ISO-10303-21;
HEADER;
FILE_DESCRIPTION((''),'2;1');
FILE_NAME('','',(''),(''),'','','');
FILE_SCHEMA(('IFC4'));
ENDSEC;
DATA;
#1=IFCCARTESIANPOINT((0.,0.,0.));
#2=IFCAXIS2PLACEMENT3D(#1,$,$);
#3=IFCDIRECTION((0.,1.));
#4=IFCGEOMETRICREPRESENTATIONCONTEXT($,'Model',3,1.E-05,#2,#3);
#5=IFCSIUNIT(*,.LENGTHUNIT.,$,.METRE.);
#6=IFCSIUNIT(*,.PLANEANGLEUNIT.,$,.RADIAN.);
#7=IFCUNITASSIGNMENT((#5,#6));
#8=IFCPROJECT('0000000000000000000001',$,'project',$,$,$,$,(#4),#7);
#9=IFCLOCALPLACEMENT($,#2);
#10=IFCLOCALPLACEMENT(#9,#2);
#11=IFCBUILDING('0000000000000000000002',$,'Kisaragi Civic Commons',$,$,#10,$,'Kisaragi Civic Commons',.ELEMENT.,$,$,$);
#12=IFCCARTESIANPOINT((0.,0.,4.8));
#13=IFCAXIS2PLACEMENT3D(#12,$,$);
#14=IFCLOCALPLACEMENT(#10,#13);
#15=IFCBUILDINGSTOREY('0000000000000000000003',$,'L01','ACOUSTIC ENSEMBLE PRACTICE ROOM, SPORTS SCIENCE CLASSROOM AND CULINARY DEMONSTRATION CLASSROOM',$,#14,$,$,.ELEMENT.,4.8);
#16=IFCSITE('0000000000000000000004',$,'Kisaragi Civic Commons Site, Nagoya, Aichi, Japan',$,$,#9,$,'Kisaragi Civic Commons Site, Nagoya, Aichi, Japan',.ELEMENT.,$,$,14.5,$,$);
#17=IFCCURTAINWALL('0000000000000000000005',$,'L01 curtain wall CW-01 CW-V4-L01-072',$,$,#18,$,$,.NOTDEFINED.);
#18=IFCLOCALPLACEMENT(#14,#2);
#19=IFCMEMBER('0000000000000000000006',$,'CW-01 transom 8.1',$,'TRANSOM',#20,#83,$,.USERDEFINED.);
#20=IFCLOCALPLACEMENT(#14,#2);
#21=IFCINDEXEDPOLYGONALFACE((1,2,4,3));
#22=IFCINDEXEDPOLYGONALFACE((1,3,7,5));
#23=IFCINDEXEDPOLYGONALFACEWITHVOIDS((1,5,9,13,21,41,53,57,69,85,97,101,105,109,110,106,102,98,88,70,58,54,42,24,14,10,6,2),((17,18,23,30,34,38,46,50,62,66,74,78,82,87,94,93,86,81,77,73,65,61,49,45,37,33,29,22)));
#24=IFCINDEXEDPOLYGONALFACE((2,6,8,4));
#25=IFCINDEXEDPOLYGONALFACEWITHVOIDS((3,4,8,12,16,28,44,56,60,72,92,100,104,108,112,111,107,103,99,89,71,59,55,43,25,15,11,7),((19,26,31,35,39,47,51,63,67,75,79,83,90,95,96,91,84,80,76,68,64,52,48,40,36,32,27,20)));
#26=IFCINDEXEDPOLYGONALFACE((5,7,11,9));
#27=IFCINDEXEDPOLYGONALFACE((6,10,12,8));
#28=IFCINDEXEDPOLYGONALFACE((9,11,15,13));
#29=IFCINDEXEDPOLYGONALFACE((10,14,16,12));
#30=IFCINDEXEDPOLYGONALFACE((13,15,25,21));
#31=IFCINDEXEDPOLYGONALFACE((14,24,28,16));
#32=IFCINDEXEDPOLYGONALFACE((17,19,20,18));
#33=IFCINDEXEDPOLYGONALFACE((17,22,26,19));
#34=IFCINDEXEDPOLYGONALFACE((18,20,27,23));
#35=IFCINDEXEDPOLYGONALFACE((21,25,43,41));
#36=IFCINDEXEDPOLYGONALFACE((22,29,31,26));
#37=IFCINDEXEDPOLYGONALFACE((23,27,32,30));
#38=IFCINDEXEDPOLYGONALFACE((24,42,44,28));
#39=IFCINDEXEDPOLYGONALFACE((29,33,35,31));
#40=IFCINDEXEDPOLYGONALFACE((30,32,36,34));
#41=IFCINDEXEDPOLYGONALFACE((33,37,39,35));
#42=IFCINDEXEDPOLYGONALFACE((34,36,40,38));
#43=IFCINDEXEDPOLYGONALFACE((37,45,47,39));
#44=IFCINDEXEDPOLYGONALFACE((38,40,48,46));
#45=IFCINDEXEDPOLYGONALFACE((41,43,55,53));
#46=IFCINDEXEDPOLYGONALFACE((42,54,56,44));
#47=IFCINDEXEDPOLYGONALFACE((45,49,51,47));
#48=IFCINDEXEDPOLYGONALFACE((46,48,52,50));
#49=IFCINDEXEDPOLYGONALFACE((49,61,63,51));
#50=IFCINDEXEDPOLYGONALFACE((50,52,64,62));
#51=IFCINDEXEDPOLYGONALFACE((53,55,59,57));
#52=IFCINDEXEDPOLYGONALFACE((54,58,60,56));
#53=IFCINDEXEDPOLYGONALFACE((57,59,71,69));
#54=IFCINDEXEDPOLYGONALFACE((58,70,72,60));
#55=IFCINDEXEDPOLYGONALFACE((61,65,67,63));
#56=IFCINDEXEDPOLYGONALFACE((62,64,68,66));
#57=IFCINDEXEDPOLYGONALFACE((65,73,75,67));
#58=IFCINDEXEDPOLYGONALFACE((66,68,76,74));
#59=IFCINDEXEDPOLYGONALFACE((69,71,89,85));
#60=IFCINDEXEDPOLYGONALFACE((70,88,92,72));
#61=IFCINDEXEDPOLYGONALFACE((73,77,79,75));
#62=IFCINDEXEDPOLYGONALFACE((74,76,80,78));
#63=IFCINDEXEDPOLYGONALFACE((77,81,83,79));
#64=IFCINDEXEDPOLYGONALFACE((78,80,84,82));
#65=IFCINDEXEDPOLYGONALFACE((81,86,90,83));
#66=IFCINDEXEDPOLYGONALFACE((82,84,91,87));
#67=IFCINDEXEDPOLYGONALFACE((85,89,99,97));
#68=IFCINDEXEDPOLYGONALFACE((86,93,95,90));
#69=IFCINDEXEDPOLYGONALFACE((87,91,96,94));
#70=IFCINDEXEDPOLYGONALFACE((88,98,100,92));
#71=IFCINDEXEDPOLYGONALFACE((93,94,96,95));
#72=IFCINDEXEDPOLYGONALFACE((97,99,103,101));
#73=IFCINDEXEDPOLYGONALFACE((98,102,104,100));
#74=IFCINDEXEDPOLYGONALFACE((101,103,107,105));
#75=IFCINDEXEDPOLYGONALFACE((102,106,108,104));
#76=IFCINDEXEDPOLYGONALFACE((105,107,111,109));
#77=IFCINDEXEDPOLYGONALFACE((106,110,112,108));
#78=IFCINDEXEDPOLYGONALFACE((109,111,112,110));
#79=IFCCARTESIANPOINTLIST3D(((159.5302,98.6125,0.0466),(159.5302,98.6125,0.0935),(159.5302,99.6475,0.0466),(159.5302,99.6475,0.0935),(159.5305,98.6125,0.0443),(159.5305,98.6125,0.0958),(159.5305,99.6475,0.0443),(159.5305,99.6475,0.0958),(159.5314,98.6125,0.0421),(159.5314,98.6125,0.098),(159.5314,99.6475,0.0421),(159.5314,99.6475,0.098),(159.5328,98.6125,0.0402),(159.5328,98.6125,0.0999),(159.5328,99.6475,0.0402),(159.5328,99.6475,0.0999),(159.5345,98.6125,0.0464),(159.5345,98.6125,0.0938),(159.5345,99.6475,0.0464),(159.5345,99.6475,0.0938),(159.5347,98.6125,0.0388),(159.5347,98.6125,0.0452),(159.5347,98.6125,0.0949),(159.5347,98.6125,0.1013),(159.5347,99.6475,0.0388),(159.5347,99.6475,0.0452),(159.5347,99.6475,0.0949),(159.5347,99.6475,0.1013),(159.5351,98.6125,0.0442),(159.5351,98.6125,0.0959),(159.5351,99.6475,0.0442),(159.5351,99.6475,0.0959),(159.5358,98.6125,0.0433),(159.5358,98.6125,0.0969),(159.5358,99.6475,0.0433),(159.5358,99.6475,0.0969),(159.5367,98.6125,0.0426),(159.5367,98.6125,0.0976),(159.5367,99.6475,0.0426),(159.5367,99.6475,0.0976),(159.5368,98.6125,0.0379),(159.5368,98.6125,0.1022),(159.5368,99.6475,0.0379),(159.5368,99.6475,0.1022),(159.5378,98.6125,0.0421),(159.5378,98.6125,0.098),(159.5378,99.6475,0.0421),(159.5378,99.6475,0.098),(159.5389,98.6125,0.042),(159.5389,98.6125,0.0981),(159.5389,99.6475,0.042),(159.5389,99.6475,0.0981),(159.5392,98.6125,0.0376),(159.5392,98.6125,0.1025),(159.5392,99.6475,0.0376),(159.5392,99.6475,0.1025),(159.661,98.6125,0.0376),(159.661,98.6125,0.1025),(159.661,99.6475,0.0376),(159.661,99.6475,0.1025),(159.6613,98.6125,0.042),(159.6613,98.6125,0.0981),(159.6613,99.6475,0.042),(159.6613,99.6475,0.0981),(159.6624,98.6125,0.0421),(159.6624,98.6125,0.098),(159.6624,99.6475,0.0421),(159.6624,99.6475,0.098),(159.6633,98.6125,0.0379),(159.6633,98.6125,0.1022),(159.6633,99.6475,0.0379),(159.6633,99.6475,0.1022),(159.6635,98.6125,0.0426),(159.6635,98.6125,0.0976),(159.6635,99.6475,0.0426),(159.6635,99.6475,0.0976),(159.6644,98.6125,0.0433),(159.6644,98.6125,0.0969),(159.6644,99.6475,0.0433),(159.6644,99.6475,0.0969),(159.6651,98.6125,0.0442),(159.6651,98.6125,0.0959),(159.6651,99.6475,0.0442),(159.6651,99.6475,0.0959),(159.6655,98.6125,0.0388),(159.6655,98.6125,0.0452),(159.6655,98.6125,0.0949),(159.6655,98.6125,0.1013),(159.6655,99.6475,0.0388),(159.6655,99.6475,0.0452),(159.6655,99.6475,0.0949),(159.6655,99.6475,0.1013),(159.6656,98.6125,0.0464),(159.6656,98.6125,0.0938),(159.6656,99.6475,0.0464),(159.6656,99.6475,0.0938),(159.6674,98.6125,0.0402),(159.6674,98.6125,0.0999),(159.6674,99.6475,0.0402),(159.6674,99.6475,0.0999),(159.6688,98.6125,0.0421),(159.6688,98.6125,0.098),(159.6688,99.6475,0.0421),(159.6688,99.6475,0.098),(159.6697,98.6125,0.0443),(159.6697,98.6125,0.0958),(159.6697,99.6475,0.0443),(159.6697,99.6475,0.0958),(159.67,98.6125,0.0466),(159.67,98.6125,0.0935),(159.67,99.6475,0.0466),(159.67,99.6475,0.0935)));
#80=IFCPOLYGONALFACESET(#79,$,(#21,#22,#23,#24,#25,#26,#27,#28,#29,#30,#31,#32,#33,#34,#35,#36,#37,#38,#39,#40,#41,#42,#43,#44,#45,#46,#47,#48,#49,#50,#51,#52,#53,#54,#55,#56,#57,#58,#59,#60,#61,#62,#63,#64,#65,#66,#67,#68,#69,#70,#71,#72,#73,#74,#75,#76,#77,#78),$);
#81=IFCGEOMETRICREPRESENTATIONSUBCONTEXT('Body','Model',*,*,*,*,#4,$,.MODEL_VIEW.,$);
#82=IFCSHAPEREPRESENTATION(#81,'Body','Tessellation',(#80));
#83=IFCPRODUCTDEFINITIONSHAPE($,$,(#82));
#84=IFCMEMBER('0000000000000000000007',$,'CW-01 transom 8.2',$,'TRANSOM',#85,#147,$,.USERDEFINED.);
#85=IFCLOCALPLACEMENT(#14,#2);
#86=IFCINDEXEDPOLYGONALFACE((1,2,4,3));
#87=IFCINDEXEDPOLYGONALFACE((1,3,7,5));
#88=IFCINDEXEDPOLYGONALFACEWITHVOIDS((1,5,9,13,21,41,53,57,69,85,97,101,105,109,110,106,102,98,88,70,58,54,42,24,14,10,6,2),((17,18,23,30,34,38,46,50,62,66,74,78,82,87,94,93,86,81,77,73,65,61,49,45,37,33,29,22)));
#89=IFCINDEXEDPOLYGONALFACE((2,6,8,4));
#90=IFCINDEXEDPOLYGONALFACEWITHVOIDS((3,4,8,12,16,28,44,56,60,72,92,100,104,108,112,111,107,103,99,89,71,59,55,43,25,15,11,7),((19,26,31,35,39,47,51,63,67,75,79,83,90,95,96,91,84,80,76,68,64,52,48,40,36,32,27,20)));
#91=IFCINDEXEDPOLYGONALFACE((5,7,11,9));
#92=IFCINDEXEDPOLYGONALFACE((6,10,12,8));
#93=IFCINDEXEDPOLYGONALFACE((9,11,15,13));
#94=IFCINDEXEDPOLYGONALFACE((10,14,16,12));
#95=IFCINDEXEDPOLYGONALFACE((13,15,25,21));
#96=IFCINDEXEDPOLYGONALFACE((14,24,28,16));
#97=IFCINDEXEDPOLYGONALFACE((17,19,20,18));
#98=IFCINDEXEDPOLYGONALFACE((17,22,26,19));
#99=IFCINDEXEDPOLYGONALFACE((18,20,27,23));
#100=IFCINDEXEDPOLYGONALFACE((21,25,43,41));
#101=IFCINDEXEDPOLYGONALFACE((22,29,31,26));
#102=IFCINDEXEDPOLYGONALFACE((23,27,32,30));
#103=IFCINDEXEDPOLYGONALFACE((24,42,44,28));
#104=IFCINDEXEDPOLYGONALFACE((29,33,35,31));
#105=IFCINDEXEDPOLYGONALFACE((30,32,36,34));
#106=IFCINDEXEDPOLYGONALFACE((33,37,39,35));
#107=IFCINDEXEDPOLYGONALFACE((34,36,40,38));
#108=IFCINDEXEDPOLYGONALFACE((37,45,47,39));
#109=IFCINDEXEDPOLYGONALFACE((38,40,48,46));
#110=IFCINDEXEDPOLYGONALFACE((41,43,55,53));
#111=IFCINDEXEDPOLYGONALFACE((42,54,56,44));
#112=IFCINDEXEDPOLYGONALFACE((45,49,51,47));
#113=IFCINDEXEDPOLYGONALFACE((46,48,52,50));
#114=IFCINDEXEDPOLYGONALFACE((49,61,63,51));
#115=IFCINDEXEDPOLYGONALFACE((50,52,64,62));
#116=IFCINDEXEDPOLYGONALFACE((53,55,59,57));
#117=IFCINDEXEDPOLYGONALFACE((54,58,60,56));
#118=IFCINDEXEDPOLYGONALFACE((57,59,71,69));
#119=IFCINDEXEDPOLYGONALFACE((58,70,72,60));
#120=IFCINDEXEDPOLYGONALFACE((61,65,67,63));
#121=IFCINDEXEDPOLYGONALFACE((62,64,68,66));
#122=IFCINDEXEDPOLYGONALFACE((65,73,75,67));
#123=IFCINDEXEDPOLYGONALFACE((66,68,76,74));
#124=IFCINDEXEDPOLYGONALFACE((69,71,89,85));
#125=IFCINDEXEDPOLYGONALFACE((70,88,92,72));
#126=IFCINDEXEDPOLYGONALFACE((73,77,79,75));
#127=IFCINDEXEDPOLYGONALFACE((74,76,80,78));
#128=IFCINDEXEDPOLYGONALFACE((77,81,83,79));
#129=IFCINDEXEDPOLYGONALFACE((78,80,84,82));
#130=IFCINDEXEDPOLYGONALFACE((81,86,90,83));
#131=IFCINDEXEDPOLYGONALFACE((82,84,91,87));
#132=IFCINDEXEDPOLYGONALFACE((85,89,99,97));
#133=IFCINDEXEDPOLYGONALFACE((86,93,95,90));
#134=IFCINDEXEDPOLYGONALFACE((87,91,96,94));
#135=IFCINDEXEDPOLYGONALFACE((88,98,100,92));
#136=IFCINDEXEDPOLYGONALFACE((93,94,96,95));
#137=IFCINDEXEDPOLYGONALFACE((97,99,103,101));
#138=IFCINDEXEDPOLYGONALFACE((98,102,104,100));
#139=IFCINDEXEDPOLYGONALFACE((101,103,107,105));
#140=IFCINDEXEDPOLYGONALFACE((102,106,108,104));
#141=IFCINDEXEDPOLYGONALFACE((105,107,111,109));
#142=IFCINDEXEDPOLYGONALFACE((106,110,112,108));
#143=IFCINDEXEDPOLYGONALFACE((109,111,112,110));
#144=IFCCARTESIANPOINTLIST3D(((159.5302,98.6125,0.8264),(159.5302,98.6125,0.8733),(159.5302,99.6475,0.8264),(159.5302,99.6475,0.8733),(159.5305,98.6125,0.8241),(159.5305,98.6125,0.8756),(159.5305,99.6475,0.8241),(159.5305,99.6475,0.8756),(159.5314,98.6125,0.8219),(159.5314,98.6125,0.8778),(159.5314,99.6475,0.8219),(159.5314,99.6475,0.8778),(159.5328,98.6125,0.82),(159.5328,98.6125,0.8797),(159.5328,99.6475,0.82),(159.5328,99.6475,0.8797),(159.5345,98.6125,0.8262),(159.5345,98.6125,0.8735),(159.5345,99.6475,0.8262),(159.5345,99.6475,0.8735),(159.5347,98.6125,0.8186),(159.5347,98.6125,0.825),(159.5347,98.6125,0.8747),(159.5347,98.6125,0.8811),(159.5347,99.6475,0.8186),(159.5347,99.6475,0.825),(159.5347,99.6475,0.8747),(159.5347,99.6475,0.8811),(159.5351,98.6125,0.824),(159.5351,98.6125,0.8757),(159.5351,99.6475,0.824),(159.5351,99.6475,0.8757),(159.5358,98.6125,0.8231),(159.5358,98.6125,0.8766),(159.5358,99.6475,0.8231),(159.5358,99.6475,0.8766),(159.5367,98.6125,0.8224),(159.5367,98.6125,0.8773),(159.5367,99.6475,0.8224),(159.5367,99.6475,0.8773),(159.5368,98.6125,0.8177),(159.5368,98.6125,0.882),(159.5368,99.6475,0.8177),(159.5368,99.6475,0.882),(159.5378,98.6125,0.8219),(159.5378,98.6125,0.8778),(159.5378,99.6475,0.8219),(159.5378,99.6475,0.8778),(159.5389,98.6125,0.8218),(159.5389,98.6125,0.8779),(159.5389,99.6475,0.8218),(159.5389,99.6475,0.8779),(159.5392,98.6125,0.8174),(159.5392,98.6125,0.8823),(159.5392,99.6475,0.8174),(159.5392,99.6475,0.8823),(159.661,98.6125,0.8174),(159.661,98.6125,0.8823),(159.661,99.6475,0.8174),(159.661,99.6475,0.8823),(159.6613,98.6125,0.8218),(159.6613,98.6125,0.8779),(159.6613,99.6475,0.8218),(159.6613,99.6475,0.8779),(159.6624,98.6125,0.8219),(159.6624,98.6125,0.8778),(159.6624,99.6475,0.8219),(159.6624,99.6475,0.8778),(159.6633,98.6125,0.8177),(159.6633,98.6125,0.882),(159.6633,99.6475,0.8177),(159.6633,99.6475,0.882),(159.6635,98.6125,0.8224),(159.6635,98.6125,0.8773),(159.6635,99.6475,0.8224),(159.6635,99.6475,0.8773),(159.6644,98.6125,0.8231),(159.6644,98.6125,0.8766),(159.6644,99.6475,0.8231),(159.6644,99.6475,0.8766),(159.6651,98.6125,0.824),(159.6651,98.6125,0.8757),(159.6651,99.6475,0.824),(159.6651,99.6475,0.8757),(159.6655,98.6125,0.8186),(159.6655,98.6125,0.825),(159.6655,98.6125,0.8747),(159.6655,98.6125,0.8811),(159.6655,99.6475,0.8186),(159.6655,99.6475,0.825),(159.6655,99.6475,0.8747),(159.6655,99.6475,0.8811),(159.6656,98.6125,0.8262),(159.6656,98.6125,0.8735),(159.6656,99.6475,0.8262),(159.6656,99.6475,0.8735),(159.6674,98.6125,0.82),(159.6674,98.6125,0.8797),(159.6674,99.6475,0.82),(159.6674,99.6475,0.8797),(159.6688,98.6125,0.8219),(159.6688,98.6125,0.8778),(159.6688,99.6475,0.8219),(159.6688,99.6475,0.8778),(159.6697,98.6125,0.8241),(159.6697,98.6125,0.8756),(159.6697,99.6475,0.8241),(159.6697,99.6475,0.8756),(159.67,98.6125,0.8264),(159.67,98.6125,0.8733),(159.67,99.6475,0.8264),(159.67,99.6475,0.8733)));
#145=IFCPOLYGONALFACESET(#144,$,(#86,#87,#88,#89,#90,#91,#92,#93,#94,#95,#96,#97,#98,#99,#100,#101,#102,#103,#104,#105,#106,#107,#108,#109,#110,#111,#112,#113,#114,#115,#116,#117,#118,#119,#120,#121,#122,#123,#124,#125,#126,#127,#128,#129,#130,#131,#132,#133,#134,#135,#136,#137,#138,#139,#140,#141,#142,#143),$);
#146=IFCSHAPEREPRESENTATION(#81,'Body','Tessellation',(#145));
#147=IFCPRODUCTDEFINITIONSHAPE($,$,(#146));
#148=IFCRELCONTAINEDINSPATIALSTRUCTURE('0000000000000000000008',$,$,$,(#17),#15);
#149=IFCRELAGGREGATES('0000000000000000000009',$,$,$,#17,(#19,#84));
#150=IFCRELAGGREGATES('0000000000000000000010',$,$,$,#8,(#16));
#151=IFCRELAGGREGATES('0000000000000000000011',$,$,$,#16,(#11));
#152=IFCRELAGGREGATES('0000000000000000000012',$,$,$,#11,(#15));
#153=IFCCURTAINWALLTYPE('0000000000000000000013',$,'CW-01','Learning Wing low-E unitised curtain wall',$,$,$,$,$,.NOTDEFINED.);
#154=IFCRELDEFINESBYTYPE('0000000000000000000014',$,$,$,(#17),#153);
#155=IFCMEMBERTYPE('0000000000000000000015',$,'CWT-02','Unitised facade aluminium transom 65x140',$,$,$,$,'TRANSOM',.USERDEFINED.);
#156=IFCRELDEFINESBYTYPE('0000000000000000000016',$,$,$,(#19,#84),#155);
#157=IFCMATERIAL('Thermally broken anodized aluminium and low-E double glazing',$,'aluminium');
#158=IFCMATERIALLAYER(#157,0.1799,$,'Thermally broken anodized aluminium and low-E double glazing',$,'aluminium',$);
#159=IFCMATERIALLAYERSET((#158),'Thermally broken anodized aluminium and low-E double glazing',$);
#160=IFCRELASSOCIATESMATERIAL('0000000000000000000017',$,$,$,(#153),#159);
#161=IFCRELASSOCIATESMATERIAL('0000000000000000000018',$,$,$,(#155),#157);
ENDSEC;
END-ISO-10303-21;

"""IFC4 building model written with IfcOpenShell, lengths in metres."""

from ifc_helpers import new_model, si_unit, direction, frame, origin, origin_2d, place, context, subcontext, project, spatial, hollow_rectangle, extrude, material, layer, layer_set, material_profile, profile_set, type_object, element, aggregate, save


model = new_model("IFC4")

# Units and contexts
model_context = context("Model", 3, precision=1e-05, world=origin(), true_north=direction((0.0, 1.0)))
body_context = subcontext(model_context, "Body", "Model", "MODEL_VIEW")
ifc_project = project(units=[si_unit("LENGTHUNIT", "METRE"), si_unit("PLANEANGLEUNIT", "RADIAN")], contexts=[model_context])

# Site, building, storey
site_placement = place(None, origin())
site = spatial("IfcSite", under=ifc_project, at=site_placement, Name="Kisaragi Civic Commons Site, Nagoya, Aichi, Japan", LongName="Kisaragi Civic Commons Site, Nagoya, Aichi, Japan", CompositionType="ELEMENT", RefElevation=14.5)
building_placement = place(site_placement, origin())
building = spatial("IfcBuilding", under=site, at=building_placement, Name="Kisaragi Civic Commons", LongName="Kisaragi Civic Commons", CompositionType="ELEMENT")
storey_placement = place(building_placement, frame((0.0, 0.0, 4.8)))
storey = spatial("IfcBuildingStorey", under=building, at=storey_placement, Name="L01", Description="ACOUSTIC ENSEMBLE PRACTICE ROOM, SPORTS SCIENCE CLASSROOM AND CULINARY DEMONSTRATION CLASSROOM", CompositionType="ELEMENT", Elevation=4.8)

# Curtain wall, members
ifc_material = material(Name="Thermally broken anodized aluminium and low-E double glazing", Category="aluminium")
ifc_layer_1 = layer(ifc_material, 0.1799, Name="Thermally broken anodized aluminium and low-E double glazing", Category="aluminium")
ifc_layer_set_1 = layer_set([ifc_layer_1], Name="Thermally broken anodized aluminium and low-E double glazing")
curtain_wall_type = type_object("IfcCurtainWallType", Name="CW-01", Description="Learning Wing low-E unitised curtain wall", PredefinedType="NOTDEFINED", material=ifc_layer_set_1)
curtain_wall_placement = place(storey_placement, origin())
curtain_wall = element("IfcCurtainWall", 1, at=curtain_wall_placement, inside=storey, type_object=curtain_wall_type, Name="L01 curtain wall CW-01 CW-V4-L01-072", PredefinedType="NOTDEFINED")
ifc_material_profile_1 = material_profile(ifc_material, hollow_rectangle(XDim=0.1399, YDim=0.0649, WallThickness=0.0044, InnerFilletRadius=0.0044, OuterFilletRadius=0.009, at=origin_2d()), Name="CWT-65x140x4.5", Category="aluminium")
ifc_profile_set_1 = profile_set([ifc_material_profile_1], Name="Thermally broken anodized aluminium and low-E double glazing")
member_type_1 = type_object("IfcMemberType", Name="CWT-02", Description="Unitised facade aluminium transom 65x140", ElementType="TRANSOM", PredefinedType="USERDEFINED", material=ifc_profile_set_1)
member_1_placement = place(storey_placement, frame((159.6001, 99.6475, 0.0701), z_axis=(0.0, -1.0, 0.0), x_axis=(1.0, 0.0, 0.0)))
member_1 = element("IfcMember", 2, at=member_1_placement, type_object=member_type_1, Name="CW-01 transom 8.1", ObjectType="TRANSOM", PredefinedType="USERDEFINED", context=body_context, shape_type="SweptSolid", body=[
    extrude(hollow_rectangle(XDim=0.1399, YDim=0.0649, WallThickness=0.0044, InnerFilletRadius=0.0044, OuterFilletRadius=0.009, at=origin_2d()), origin(), (0.0, 0.0, 1.0), 1.0349),
])
member_2_placement = place(storey_placement, frame((159.6001, 99.6475, 0.8499), z_axis=(0.0, -1.0, 0.0), x_axis=(1.0, 0.0, 0.0)))
member_2 = element("IfcMember", 3, at=member_2_placement, type_object=member_type_1, Name="CW-01 transom 8.2", ObjectType="TRANSOM", PredefinedType="USERDEFINED", context=body_context, shape_type="SweptSolid", body=[
    extrude(hollow_rectangle(XDim=0.1399, YDim=0.0649, WallThickness=0.0044, InnerFilletRadius=0.0044, OuterFilletRadius=0.009, at=origin_2d()), origin(), (0.0, 0.0, 1.0), 1.0349),
])
aggregate(curtain_wall, [member_1, member_2])

save(model, "model.ifc")
